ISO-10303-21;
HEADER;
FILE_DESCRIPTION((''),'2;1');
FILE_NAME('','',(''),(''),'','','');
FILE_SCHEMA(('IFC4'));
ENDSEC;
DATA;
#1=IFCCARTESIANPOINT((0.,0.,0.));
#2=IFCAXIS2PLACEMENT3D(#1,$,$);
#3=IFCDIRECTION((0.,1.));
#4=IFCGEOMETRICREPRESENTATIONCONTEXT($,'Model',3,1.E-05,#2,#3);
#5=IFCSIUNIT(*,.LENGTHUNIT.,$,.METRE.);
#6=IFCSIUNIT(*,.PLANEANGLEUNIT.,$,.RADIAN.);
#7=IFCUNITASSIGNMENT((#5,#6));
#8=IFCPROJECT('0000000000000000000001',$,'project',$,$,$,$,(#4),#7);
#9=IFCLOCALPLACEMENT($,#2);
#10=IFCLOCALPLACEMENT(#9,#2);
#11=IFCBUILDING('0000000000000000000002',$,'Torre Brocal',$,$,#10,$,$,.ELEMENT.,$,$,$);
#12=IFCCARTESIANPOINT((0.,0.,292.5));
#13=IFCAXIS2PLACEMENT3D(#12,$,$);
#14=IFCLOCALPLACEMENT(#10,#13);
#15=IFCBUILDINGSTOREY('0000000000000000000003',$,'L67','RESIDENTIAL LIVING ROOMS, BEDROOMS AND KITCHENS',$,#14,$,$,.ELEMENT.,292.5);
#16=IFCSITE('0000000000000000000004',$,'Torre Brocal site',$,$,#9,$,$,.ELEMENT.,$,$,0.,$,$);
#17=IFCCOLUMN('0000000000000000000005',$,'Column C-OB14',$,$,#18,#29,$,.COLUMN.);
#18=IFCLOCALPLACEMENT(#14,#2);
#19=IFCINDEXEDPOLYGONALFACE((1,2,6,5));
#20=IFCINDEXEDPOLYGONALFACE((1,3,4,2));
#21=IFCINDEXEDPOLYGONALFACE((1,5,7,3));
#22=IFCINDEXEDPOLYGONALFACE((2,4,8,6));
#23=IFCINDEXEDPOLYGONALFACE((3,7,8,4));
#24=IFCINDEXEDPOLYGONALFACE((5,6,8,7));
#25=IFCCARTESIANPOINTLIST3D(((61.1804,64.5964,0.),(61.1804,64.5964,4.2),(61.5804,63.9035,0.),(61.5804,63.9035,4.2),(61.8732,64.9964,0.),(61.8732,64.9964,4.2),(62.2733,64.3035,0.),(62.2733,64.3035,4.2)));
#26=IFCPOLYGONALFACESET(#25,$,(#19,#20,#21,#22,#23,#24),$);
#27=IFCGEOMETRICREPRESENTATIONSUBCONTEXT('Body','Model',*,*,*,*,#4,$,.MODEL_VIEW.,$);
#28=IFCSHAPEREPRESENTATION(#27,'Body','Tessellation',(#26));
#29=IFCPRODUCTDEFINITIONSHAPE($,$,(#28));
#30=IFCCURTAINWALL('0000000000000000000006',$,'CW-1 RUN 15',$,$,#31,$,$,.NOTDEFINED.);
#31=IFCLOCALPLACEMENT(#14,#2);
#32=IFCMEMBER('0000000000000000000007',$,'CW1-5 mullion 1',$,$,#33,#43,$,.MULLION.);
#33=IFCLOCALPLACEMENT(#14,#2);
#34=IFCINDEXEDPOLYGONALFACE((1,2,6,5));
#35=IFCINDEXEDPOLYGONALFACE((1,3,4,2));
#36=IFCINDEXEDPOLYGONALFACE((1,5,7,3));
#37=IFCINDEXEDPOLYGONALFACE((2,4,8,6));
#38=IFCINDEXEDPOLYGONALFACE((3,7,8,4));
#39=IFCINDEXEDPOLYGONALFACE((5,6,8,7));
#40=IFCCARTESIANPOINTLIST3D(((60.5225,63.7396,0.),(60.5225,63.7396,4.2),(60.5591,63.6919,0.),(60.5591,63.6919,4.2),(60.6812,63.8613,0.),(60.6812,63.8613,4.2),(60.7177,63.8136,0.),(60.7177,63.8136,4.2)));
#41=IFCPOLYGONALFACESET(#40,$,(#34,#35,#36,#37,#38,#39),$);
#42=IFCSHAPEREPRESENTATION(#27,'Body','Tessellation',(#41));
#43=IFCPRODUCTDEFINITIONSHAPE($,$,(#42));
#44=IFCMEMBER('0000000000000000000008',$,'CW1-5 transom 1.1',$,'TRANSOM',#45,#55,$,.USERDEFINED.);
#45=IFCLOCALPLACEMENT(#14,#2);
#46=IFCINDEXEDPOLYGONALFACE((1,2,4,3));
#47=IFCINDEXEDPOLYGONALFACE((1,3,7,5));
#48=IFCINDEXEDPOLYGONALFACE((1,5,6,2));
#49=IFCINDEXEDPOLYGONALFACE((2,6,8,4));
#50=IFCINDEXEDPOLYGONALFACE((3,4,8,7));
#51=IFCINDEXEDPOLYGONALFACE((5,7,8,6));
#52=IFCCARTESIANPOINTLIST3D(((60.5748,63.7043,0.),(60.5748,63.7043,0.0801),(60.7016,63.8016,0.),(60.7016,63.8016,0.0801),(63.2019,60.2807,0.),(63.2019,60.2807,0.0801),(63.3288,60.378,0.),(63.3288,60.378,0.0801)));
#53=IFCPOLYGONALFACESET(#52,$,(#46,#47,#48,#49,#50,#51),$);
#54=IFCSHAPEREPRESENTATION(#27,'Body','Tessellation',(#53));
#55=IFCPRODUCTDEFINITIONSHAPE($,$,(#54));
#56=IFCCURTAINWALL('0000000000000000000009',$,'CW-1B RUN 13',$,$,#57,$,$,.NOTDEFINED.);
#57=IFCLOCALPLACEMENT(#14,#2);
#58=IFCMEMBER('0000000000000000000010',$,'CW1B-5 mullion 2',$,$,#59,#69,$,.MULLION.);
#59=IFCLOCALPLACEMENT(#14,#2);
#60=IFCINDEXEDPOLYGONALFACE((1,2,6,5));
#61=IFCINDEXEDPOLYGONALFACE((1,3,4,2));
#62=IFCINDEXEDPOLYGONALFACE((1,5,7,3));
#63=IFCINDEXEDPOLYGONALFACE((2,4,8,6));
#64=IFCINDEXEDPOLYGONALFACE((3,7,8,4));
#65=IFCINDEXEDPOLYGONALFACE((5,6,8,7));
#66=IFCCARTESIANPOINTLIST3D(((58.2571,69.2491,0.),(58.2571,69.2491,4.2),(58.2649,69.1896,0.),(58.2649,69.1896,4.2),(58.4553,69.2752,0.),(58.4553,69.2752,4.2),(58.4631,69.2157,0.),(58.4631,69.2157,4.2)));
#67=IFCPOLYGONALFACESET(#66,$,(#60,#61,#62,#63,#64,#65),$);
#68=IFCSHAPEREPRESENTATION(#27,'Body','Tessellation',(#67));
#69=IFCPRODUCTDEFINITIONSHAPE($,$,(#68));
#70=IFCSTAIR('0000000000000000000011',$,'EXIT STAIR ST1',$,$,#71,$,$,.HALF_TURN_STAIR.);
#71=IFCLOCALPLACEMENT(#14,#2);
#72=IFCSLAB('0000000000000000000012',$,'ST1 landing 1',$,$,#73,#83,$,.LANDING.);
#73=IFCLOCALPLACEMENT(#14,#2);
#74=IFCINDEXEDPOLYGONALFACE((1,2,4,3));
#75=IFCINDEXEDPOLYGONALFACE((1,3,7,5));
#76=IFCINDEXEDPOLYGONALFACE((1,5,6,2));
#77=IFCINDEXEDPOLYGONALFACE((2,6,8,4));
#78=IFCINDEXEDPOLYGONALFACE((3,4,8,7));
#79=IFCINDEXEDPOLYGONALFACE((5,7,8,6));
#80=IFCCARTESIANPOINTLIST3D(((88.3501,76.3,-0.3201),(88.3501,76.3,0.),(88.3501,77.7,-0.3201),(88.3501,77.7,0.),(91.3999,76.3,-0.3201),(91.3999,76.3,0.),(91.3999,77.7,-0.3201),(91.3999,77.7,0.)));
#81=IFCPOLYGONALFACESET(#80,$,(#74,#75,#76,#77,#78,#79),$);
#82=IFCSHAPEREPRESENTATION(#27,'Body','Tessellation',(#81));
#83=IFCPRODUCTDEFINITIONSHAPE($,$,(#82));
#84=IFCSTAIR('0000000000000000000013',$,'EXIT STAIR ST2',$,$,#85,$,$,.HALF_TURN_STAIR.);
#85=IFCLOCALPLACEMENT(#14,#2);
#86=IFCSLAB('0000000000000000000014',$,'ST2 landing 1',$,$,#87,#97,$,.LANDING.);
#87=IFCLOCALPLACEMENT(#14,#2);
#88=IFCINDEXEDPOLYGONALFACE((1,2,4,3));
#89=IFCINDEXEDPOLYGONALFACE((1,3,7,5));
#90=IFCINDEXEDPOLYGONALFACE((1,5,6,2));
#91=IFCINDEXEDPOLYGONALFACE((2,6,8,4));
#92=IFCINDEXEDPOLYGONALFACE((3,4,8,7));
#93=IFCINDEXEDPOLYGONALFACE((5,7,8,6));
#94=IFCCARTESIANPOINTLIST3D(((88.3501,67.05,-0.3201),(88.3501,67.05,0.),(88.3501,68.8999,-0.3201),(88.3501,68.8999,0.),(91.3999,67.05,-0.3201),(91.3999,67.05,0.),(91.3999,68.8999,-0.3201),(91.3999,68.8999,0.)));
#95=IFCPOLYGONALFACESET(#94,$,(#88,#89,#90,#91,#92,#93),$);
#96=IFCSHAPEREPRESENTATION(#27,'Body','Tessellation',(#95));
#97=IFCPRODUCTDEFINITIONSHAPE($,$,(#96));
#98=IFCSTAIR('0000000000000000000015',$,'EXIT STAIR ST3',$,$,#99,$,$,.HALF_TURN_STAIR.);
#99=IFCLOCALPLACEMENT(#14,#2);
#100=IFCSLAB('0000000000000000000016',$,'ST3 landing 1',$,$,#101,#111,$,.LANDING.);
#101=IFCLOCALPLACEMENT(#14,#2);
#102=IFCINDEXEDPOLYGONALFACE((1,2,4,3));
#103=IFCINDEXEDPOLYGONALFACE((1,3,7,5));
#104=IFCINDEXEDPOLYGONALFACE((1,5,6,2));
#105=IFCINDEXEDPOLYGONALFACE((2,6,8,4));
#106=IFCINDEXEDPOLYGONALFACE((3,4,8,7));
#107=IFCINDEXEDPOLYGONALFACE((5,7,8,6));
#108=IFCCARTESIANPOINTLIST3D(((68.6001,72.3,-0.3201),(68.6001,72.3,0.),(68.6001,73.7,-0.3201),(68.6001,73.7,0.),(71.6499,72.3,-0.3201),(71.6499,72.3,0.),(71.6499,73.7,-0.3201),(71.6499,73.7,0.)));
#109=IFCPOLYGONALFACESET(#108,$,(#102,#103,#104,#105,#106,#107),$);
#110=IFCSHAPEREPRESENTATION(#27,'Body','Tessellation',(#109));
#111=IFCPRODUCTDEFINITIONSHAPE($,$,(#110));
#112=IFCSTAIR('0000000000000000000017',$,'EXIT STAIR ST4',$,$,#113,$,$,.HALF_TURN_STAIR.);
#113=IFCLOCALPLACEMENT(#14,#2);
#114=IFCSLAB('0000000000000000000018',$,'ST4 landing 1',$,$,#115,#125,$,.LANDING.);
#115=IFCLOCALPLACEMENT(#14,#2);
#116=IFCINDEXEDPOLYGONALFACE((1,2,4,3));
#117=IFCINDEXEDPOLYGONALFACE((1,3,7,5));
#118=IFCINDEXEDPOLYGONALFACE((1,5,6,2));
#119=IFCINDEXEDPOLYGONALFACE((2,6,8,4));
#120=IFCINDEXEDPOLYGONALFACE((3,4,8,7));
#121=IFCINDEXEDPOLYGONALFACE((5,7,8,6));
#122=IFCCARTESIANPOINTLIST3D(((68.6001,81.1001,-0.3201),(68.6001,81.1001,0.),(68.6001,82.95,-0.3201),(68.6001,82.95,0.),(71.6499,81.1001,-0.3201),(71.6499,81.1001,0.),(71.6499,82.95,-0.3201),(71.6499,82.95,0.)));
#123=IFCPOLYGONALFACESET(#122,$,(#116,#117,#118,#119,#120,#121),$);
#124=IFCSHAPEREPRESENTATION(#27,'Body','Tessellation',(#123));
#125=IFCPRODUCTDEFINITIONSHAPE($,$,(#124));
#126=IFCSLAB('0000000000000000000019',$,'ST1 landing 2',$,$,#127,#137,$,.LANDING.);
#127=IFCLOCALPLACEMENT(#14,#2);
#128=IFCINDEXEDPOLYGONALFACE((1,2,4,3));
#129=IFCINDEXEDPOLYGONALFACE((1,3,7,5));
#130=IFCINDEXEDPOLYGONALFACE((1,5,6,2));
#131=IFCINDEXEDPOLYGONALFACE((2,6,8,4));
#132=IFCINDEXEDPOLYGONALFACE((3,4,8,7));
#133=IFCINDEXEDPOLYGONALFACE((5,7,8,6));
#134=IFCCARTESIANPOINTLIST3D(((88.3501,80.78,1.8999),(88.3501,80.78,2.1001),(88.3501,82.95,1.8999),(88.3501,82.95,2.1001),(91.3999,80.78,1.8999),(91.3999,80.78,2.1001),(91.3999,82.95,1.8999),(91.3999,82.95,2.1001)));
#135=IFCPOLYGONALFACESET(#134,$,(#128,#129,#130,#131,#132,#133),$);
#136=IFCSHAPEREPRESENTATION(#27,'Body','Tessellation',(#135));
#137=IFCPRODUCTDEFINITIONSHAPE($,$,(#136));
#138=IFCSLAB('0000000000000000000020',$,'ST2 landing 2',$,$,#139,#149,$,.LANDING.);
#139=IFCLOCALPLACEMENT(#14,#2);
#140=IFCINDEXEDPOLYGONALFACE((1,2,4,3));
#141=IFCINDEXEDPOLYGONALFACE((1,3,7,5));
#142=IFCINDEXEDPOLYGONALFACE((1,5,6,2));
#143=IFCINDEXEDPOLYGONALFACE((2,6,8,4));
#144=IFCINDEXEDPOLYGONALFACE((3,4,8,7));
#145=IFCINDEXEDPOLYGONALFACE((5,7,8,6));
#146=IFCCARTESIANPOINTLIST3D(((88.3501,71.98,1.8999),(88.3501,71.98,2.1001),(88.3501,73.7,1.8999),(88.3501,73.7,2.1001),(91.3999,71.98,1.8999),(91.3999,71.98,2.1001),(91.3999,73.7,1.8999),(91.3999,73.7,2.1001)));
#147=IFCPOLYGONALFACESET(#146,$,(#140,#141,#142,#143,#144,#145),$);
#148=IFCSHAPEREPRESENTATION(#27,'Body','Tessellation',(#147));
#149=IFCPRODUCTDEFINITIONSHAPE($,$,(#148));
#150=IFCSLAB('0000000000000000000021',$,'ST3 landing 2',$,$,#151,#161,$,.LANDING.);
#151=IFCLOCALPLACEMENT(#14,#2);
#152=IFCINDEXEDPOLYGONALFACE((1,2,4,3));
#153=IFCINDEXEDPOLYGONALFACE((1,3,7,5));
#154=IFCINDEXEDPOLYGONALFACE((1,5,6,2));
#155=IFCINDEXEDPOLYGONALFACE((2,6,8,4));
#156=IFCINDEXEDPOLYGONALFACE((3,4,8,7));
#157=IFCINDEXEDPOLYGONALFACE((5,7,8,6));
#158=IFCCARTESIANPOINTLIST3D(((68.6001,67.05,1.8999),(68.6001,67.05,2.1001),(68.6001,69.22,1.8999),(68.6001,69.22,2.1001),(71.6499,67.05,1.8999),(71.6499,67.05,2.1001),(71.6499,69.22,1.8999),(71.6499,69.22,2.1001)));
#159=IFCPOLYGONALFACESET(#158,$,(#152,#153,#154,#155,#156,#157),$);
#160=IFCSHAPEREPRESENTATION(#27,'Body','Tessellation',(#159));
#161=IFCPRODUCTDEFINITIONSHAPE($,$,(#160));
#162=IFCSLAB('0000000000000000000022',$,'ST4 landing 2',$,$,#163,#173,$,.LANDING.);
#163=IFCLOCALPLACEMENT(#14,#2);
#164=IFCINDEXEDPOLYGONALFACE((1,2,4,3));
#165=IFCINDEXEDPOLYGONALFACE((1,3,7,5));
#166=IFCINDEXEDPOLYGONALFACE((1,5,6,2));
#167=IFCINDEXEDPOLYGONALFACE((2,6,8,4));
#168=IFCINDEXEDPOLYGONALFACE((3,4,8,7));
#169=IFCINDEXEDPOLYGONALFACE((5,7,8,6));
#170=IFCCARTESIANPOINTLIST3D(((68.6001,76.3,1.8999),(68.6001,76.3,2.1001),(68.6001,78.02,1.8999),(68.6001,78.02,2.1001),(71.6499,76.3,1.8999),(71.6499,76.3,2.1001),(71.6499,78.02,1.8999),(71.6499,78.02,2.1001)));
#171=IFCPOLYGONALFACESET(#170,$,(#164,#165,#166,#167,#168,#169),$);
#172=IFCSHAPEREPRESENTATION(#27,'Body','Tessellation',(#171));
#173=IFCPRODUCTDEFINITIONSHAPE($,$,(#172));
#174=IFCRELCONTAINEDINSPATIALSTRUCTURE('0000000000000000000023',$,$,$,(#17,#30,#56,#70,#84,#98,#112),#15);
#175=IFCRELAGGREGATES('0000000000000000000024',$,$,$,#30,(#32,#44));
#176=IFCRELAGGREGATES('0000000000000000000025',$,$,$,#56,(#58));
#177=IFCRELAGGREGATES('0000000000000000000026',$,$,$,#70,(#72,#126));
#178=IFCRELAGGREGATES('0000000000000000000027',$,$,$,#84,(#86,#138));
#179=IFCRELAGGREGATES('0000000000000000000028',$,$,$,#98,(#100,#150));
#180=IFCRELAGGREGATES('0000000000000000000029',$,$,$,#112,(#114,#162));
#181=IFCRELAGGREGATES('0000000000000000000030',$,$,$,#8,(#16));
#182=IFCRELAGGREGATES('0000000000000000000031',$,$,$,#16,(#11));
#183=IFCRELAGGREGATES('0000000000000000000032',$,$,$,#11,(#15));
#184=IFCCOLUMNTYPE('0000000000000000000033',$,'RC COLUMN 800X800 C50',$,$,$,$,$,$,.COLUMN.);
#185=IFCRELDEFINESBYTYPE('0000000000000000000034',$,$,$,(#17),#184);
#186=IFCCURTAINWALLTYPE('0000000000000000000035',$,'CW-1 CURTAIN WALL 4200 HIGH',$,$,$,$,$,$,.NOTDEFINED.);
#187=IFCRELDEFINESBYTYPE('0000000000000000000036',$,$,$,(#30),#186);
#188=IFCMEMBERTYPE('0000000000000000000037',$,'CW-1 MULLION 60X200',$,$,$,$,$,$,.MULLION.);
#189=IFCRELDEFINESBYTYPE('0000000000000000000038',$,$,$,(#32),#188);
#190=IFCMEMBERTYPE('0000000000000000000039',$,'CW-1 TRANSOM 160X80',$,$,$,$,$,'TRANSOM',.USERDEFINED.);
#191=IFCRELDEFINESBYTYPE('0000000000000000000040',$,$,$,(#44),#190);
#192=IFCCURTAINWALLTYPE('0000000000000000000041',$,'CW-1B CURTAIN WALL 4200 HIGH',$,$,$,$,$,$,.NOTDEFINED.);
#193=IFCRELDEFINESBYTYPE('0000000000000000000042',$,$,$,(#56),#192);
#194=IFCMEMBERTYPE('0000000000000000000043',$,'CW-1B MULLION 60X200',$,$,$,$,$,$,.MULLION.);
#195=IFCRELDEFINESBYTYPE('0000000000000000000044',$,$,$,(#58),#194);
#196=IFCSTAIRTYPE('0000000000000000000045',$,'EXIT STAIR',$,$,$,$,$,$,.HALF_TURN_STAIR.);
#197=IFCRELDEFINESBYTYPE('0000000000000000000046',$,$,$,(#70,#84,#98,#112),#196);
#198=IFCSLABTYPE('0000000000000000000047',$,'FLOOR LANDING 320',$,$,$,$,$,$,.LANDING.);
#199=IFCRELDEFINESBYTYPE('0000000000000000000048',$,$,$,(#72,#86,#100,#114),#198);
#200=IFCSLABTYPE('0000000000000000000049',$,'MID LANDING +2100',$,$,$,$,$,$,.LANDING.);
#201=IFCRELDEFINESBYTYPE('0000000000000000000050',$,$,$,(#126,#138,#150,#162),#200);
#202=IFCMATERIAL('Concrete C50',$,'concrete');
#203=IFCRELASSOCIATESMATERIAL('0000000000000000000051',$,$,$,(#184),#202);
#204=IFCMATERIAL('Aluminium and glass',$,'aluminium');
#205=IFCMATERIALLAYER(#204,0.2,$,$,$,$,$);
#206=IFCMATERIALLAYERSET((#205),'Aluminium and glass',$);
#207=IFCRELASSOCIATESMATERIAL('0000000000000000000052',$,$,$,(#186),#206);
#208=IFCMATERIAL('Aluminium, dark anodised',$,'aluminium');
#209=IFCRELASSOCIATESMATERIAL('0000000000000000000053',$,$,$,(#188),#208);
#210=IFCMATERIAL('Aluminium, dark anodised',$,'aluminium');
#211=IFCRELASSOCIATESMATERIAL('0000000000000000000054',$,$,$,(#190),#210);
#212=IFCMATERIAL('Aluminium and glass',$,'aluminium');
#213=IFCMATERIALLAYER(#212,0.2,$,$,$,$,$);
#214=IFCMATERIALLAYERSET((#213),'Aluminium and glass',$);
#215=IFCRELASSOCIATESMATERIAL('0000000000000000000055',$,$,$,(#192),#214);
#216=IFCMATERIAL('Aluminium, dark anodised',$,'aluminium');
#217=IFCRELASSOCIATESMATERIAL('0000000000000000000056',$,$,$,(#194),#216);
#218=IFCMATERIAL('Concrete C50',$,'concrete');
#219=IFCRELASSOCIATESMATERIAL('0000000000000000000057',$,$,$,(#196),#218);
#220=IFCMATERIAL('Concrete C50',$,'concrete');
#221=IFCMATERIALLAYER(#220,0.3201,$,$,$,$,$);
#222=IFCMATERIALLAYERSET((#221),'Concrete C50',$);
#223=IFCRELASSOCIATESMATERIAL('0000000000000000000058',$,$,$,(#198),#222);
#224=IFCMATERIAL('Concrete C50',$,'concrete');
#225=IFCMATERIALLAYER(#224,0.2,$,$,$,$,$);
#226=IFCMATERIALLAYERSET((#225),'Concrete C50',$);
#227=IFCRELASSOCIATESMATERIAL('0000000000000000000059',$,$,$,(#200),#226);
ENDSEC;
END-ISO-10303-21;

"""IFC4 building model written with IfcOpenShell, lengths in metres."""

from ifc_helpers import new_model, si_unit, direction, frame, origin, origin_2d, place, context, subcontext, project, spatial, polyline, rectangle, outline, extrude, material, layer, layer_set, material_profile, profile_set, type_object, element, aggregate, save


model = new_model("IFC4")

# Units and contexts
model_context = context("Model", 3, precision=1e-05, world=origin(), true_north=direction((0.0, 1.0)))
body_context = subcontext(model_context, "Body", "Model", "MODEL_VIEW")
ifc_project = project(units=[si_unit("LENGTHUNIT", "METRE"), si_unit("PLANEANGLEUNIT", "RADIAN")], contexts=[model_context])

# Site, building, storey
site_placement = place(None, origin())
site = spatial("IfcSite", under=ifc_project, at=site_placement, Name="Torre Brocal site", CompositionType="ELEMENT", RefElevation=0.0)
building_placement = place(site_placement, origin())
building = spatial("IfcBuilding", under=site, at=building_placement, Name="Torre Brocal", CompositionType="ELEMENT")
storey_placement = place(building_placement, frame((0.0, 0.0, 292.5)))
storey = spatial("IfcBuildingStorey", under=building, at=storey_placement, Name="L67", Description="RESIDENTIAL LIVING ROOMS, BEDROOMS AND KITCHENS", CompositionType="ELEMENT", Elevation=292.5)

# Column
ifc_material_1 = material(Name="Concrete C50", Category="concrete")
ifc_material_profile_1 = material_profile(ifc_material_1, rectangle(XDim=0.8, YDim=0.8, at=origin_2d()), Name="RC 800X800")
ifc_profile_set_1 = profile_set([ifc_material_profile_1], Name="Concrete C50")
column_type = type_object("IfcColumnType", Name="RC COLUMN 800X800 C50", PredefinedType="COLUMN", material=ifc_profile_set_1)
column_placement = place(storey_placement, frame((61.7268, 64.45, 0.0), z_axis=(0.0, 0.0, 1.0), x_axis=(-0.866025, -0.5, 0.0)))
element("IfcColumn", 1, at=column_placement, inside=storey, type_object=column_type, Name="Column C-OB14", PredefinedType="COLUMN", context=body_context, shape_type="SweptSolid", body=[
    extrude(rectangle(XDim=0.8, YDim=0.8, at=origin_2d()), origin(), (0.0, 0.0, 1.0), 4.2),
])

# Curtain wall, members
ifc_material_2 = material(Name="Aluminium and glass", Category="aluminium")
ifc_layer_1 = layer(ifc_material_2, 0.2)
ifc_layer_set_1 = layer_set([ifc_layer_1], Name="Aluminium and glass")
curtain_wall_type_1 = type_object("IfcCurtainWallType", Name="CW-1 CURTAIN WALL 4200 HIGH", PredefinedType="NOTDEFINED", material=ifc_layer_set_1)
curtain_wall_1_placement = place(storey_placement, origin())
curtain_wall_1 = element("IfcCurtainWall", 2, at=curtain_wall_1_placement, inside=storey, type_object=curtain_wall_type_1, Name="CW-1 RUN 15", PredefinedType="NOTDEFINED")
ifc_material_3 = material(Name="Aluminium, dark anodised", Category="aluminium")
ifc_material_profile_2 = material_profile(ifc_material_3, rectangle(XDim=0.2, YDim=0.0601, at=origin_2d()), Name="CW-1 MULLION 60X200")
ifc_profile_set_2 = profile_set([ifc_material_profile_2], Name="Aluminium, dark anodised")
member_type_1 = type_object("IfcMemberType", Name="CW-1 MULLION 60X200", PredefinedType="MULLION", material=ifc_profile_set_2)
member_1_placement = place(storey_placement, frame((60.6201, 63.7766, 0.0), z_axis=(0.0, 0.0, 1.0), x_axis=(0.793353, 0.608761, 0.0)))
member_1 = element("IfcMember", 3, at=member_1_placement, type_object=member_type_1, Name="CW1-5 mullion 1", PredefinedType="MULLION", context=body_context, shape_type="SweptSolid", body=[
    extrude(rectangle(XDim=0.2, YDim=0.0601, at=origin_2d()), origin(), (0.0, 0.0, 1.0), 4.2),
])
ifc_material_4 = material(Name="Aluminium, dark anodised", Category="aluminium")
ifc_material_profile_3 = material_profile(ifc_material_4, rectangle(XDim=0.1599, YDim=0.0801, at=origin_2d()), Name="CW-1 TRANSOM 160X80")
ifc_profile_set_3 = profile_set([ifc_material_profile_3], Name="Aluminium, dark anodised")
member_type_2 = type_object("IfcMemberType", Name="CW-1 TRANSOM 160X80", ElementType="TRANSOM", PredefinedType="USERDEFINED", material=ifc_profile_set_3)
member_2_placement = place(storey_placement, frame((60.6382, 63.7529, 0.04), z_axis=(0.608789, -0.793332, 0.0), x_axis=(0.793332, 0.608789, 0.0)))
member_2 = element("IfcMember", 4, at=member_2_placement, type_object=member_type_2, Name="CW1-5 transom 1.1", ObjectType="TRANSOM", PredefinedType="USERDEFINED", context=body_context, shape_type="SweptSolid", body=[
    extrude(rectangle(XDim=0.1599, YDim=0.0801, at=origin_2d()), origin(), (0.0, 0.0, 1.0), 4.3154),
])
aggregate(curtain_wall_1, [member_1, member_2])

# Curtain wall, member
ifc_material_5 = material(Name="Aluminium and glass", Category="aluminium")
ifc_layer_2 = layer(ifc_material_5, 0.2)
ifc_layer_set_2 = layer_set([ifc_layer_2], Name="Aluminium and glass")
curtain_wall_type_2 = type_object("IfcCurtainWallType", Name="CW-1B CURTAIN WALL 4200 HIGH", PredefinedType="NOTDEFINED", material=ifc_layer_set_2)
curtain_wall_2_placement = place(storey_placement, origin())
curtain_wall_2 = element("IfcCurtainWall", 5, at=curtain_wall_2_placement, inside=storey, type_object=curtain_wall_type_2, Name="CW-1B RUN 13", PredefinedType="NOTDEFINED")
ifc_material_6 = material(Name="Aluminium, dark anodised", Category="aluminium")
ifc_material_profile_4 = material_profile(ifc_material_6, rectangle(XDim=0.2, YDim=0.0601, at=origin_2d()), Name="CW-1B MULLION 60X200")
ifc_profile_set_4 = profile_set([ifc_material_profile_4], Name="Aluminium, dark anodised")
member_type_3 = type_object("IfcMemberType", Name="CW-1B MULLION 60X200", PredefinedType="MULLION", material=ifc_profile_set_4)
member_3_placement = place(storey_placement, frame((58.3601, 69.2324, 0.0), z_axis=(0.0, 0.0, 1.0), x_axis=(0.991445, 0.130526, 0.0)))
member_3 = element("IfcMember", 6, at=member_3_placement, type_object=member_type_3, Name="CW1B-5 mullion 2", PredefinedType="MULLION", context=body_context, shape_type="SweptSolid", body=[
    extrude(rectangle(XDim=0.2, YDim=0.0601, at=origin_2d()), origin(), (0.0, 0.0, 1.0), 4.2),
])
aggregate(curtain_wall_2, [member_3])

# Stairs, slabs
ifc_material_7 = material(Name="Concrete C50", Category="concrete")
stair_type = type_object("IfcStairType", Name="EXIT STAIR", PredefinedType="HALF_TURN_STAIR", material=ifc_material_7)
stair_1_placement = place(storey_placement, origin())
stair_1 = element("IfcStair", 7, at=stair_1_placement, inside=storey, type_object=stair_type, Name="EXIT STAIR ST1", PredefinedType="HALF_TURN_STAIR")
ifc_material_8 = material(Name="Concrete C50", Category="concrete")
ifc_layer_3 = layer(ifc_material_8, 0.3201)
ifc_layer_set_3 = layer_set([ifc_layer_3], Name="Concrete C50")
slab_type_1 = type_object("IfcSlabType", Name="FLOOR LANDING 320", PredefinedType="LANDING", material=ifc_layer_set_3)
slab_1_placement = place(storey_placement, frame((0.0, 0.0, -0.3201)))
slab_1 = element("IfcSlab", 8, at=slab_1_placement, type_object=slab_type_1, Name="ST1 landing 1", PredefinedType="LANDING", context=body_context, shape_type="SweptSolid", body=[
    extrude(outline(polyline([(88.3501, 76.3), (91.3999, 76.3), (91.3999, 77.7), (88.3501, 77.7), (88.3501, 76.3)])), origin(), (0.0, 0.0, 1.0), 0.3201),
])
stair_2_placement = place(storey_placement, origin())
stair_2 = element("IfcStair", 9, at=stair_2_placement, inside=storey, type_object=stair_type, Name="EXIT STAIR ST2", PredefinedType="HALF_TURN_STAIR")
slab_2_placement = place(storey_placement, frame((0.0, 0.0, -0.3201)))
slab_2 = element("IfcSlab", 10, at=slab_2_placement, type_object=slab_type_1, Name="ST2 landing 1", PredefinedType="LANDING", context=body_context, shape_type="SweptSolid", body=[
    extrude(outline(polyline([(88.3501, 67.05), (91.3999, 67.05), (91.3999, 68.8999), (88.3501, 68.8999), (88.3501, 67.05)])), origin(), (0.0, 0.0, 1.0), 0.3201),
])
stair_3_placement = place(storey_placement, origin())
stair_3 = element("IfcStair", 11, at=stair_3_placement, inside=storey, type_object=stair_type, Name="EXIT STAIR ST3", PredefinedType="HALF_TURN_STAIR")
slab_3_placement = place(storey_placement, frame((0.0, 0.0, -0.3201)))
slab_3 = element("IfcSlab", 12, at=slab_3_placement, type_object=slab_type_1, Name="ST3 landing 1", PredefinedType="LANDING", context=body_context, shape_type="SweptSolid", body=[
    extrude(outline(polyline([(71.6499, 73.7), (68.6001, 73.7), (68.6001, 72.3), (71.6499, 72.3), (71.6499, 73.7)])), origin(), (0.0, 0.0, 1.0), 0.3201),
])
stair_4_placement = place(storey_placement, origin())
stair_4 = element("IfcStair", 13, at=stair_4_placement, inside=storey, type_object=stair_type, Name="EXIT STAIR ST4", PredefinedType="HALF_TURN_STAIR")
slab_4_placement = place(storey_placement, frame((0.0, 0.0, -0.3201)))
slab_4 = element("IfcSlab", 14, at=slab_4_placement, type_object=slab_type_1, Name="ST4 landing 1", PredefinedType="LANDING", context=body_context, shape_type="SweptSolid", body=[
    extrude(outline(polyline([(71.6499, 82.95), (68.6001, 82.95), (68.6001, 81.1001), (71.6499, 81.1001), (71.6499, 82.95)])), origin(), (0.0, 0.0, 1.0), 0.3201),
])

# Slabs
ifc_material_9 = material(Name="Concrete C50", Category="concrete")
ifc_layer_4 = layer(ifc_material_9, 0.2)
ifc_layer_set_4 = layer_set([ifc_layer_4], Name="Concrete C50")
slab_type_2 = type_object("IfcSlabType", Name="MID LANDING +2100", PredefinedType="LANDING", material=ifc_layer_set_4)
slab_5_placement = place(storey_placement, frame((0.0, 0.0, 1.8999)))
slab_5 = element("IfcSlab", 15, at=slab_5_placement, type_object=slab_type_2, Name="ST1 landing 2", PredefinedType="LANDING", context=body_context, shape_type="SweptSolid", body=[
    extrude(outline(polyline([(88.3501, 80.78), (91.3999, 80.78), (91.3999, 82.95), (88.3501, 82.95), (88.3501, 80.78)])), origin(), (0.0, 0.0, 1.0), 0.2002),
])
aggregate(stair_1, [slab_1, slab_5])
slab_6_placement = place(storey_placement, frame((0.0, 0.0, 1.8999)))
slab_6 = element("IfcSlab", 16, at=slab_6_placement, type_object=slab_type_2, Name="ST2 landing 2", PredefinedType="LANDING", context=body_context, shape_type="SweptSolid", body=[
    extrude(outline(polyline([(88.3501, 71.98), (91.3999, 71.98), (91.3999, 73.7), (88.3501, 73.7), (88.3501, 71.98)])), origin(), (0.0, 0.0, 1.0), 0.2002),
])
aggregate(stair_2, [slab_2, slab_6])
slab_7_placement = place(storey_placement, frame((0.0, 0.0, 1.8999)))
slab_7 = element("IfcSlab", 17, at=slab_7_placement, type_object=slab_type_2, Name="ST3 landing 2", PredefinedType="LANDING", context=body_context, shape_type="SweptSolid", body=[
    extrude(outline(polyline([(71.6499, 69.22), (68.6001, 69.22), (68.6001, 67.05), (71.6499, 67.05), (71.6499, 69.22)])), origin(), (0.0, 0.0, 1.0), 0.2002),
])
aggregate(stair_3, [slab_3, slab_7])
slab_8_placement = place(storey_placement, frame((0.0, 0.0, 1.8999)))
slab_8 = element("IfcSlab", 18, at=slab_8_placement, type_object=slab_type_2, Name="ST4 landing 2", PredefinedType="LANDING", context=body_context, shape_type="SweptSolid", body=[
    extrude(outline(polyline([(71.6499, 78.02), (68.6001, 78.02), (68.6001, 76.3), (71.6499, 76.3), (71.6499, 78.02)])), origin(), (0.0, 0.0, 1.0), 0.2002),
])
aggregate(stair_4, [slab_4, slab_8])

save(model, "model.ifc")
